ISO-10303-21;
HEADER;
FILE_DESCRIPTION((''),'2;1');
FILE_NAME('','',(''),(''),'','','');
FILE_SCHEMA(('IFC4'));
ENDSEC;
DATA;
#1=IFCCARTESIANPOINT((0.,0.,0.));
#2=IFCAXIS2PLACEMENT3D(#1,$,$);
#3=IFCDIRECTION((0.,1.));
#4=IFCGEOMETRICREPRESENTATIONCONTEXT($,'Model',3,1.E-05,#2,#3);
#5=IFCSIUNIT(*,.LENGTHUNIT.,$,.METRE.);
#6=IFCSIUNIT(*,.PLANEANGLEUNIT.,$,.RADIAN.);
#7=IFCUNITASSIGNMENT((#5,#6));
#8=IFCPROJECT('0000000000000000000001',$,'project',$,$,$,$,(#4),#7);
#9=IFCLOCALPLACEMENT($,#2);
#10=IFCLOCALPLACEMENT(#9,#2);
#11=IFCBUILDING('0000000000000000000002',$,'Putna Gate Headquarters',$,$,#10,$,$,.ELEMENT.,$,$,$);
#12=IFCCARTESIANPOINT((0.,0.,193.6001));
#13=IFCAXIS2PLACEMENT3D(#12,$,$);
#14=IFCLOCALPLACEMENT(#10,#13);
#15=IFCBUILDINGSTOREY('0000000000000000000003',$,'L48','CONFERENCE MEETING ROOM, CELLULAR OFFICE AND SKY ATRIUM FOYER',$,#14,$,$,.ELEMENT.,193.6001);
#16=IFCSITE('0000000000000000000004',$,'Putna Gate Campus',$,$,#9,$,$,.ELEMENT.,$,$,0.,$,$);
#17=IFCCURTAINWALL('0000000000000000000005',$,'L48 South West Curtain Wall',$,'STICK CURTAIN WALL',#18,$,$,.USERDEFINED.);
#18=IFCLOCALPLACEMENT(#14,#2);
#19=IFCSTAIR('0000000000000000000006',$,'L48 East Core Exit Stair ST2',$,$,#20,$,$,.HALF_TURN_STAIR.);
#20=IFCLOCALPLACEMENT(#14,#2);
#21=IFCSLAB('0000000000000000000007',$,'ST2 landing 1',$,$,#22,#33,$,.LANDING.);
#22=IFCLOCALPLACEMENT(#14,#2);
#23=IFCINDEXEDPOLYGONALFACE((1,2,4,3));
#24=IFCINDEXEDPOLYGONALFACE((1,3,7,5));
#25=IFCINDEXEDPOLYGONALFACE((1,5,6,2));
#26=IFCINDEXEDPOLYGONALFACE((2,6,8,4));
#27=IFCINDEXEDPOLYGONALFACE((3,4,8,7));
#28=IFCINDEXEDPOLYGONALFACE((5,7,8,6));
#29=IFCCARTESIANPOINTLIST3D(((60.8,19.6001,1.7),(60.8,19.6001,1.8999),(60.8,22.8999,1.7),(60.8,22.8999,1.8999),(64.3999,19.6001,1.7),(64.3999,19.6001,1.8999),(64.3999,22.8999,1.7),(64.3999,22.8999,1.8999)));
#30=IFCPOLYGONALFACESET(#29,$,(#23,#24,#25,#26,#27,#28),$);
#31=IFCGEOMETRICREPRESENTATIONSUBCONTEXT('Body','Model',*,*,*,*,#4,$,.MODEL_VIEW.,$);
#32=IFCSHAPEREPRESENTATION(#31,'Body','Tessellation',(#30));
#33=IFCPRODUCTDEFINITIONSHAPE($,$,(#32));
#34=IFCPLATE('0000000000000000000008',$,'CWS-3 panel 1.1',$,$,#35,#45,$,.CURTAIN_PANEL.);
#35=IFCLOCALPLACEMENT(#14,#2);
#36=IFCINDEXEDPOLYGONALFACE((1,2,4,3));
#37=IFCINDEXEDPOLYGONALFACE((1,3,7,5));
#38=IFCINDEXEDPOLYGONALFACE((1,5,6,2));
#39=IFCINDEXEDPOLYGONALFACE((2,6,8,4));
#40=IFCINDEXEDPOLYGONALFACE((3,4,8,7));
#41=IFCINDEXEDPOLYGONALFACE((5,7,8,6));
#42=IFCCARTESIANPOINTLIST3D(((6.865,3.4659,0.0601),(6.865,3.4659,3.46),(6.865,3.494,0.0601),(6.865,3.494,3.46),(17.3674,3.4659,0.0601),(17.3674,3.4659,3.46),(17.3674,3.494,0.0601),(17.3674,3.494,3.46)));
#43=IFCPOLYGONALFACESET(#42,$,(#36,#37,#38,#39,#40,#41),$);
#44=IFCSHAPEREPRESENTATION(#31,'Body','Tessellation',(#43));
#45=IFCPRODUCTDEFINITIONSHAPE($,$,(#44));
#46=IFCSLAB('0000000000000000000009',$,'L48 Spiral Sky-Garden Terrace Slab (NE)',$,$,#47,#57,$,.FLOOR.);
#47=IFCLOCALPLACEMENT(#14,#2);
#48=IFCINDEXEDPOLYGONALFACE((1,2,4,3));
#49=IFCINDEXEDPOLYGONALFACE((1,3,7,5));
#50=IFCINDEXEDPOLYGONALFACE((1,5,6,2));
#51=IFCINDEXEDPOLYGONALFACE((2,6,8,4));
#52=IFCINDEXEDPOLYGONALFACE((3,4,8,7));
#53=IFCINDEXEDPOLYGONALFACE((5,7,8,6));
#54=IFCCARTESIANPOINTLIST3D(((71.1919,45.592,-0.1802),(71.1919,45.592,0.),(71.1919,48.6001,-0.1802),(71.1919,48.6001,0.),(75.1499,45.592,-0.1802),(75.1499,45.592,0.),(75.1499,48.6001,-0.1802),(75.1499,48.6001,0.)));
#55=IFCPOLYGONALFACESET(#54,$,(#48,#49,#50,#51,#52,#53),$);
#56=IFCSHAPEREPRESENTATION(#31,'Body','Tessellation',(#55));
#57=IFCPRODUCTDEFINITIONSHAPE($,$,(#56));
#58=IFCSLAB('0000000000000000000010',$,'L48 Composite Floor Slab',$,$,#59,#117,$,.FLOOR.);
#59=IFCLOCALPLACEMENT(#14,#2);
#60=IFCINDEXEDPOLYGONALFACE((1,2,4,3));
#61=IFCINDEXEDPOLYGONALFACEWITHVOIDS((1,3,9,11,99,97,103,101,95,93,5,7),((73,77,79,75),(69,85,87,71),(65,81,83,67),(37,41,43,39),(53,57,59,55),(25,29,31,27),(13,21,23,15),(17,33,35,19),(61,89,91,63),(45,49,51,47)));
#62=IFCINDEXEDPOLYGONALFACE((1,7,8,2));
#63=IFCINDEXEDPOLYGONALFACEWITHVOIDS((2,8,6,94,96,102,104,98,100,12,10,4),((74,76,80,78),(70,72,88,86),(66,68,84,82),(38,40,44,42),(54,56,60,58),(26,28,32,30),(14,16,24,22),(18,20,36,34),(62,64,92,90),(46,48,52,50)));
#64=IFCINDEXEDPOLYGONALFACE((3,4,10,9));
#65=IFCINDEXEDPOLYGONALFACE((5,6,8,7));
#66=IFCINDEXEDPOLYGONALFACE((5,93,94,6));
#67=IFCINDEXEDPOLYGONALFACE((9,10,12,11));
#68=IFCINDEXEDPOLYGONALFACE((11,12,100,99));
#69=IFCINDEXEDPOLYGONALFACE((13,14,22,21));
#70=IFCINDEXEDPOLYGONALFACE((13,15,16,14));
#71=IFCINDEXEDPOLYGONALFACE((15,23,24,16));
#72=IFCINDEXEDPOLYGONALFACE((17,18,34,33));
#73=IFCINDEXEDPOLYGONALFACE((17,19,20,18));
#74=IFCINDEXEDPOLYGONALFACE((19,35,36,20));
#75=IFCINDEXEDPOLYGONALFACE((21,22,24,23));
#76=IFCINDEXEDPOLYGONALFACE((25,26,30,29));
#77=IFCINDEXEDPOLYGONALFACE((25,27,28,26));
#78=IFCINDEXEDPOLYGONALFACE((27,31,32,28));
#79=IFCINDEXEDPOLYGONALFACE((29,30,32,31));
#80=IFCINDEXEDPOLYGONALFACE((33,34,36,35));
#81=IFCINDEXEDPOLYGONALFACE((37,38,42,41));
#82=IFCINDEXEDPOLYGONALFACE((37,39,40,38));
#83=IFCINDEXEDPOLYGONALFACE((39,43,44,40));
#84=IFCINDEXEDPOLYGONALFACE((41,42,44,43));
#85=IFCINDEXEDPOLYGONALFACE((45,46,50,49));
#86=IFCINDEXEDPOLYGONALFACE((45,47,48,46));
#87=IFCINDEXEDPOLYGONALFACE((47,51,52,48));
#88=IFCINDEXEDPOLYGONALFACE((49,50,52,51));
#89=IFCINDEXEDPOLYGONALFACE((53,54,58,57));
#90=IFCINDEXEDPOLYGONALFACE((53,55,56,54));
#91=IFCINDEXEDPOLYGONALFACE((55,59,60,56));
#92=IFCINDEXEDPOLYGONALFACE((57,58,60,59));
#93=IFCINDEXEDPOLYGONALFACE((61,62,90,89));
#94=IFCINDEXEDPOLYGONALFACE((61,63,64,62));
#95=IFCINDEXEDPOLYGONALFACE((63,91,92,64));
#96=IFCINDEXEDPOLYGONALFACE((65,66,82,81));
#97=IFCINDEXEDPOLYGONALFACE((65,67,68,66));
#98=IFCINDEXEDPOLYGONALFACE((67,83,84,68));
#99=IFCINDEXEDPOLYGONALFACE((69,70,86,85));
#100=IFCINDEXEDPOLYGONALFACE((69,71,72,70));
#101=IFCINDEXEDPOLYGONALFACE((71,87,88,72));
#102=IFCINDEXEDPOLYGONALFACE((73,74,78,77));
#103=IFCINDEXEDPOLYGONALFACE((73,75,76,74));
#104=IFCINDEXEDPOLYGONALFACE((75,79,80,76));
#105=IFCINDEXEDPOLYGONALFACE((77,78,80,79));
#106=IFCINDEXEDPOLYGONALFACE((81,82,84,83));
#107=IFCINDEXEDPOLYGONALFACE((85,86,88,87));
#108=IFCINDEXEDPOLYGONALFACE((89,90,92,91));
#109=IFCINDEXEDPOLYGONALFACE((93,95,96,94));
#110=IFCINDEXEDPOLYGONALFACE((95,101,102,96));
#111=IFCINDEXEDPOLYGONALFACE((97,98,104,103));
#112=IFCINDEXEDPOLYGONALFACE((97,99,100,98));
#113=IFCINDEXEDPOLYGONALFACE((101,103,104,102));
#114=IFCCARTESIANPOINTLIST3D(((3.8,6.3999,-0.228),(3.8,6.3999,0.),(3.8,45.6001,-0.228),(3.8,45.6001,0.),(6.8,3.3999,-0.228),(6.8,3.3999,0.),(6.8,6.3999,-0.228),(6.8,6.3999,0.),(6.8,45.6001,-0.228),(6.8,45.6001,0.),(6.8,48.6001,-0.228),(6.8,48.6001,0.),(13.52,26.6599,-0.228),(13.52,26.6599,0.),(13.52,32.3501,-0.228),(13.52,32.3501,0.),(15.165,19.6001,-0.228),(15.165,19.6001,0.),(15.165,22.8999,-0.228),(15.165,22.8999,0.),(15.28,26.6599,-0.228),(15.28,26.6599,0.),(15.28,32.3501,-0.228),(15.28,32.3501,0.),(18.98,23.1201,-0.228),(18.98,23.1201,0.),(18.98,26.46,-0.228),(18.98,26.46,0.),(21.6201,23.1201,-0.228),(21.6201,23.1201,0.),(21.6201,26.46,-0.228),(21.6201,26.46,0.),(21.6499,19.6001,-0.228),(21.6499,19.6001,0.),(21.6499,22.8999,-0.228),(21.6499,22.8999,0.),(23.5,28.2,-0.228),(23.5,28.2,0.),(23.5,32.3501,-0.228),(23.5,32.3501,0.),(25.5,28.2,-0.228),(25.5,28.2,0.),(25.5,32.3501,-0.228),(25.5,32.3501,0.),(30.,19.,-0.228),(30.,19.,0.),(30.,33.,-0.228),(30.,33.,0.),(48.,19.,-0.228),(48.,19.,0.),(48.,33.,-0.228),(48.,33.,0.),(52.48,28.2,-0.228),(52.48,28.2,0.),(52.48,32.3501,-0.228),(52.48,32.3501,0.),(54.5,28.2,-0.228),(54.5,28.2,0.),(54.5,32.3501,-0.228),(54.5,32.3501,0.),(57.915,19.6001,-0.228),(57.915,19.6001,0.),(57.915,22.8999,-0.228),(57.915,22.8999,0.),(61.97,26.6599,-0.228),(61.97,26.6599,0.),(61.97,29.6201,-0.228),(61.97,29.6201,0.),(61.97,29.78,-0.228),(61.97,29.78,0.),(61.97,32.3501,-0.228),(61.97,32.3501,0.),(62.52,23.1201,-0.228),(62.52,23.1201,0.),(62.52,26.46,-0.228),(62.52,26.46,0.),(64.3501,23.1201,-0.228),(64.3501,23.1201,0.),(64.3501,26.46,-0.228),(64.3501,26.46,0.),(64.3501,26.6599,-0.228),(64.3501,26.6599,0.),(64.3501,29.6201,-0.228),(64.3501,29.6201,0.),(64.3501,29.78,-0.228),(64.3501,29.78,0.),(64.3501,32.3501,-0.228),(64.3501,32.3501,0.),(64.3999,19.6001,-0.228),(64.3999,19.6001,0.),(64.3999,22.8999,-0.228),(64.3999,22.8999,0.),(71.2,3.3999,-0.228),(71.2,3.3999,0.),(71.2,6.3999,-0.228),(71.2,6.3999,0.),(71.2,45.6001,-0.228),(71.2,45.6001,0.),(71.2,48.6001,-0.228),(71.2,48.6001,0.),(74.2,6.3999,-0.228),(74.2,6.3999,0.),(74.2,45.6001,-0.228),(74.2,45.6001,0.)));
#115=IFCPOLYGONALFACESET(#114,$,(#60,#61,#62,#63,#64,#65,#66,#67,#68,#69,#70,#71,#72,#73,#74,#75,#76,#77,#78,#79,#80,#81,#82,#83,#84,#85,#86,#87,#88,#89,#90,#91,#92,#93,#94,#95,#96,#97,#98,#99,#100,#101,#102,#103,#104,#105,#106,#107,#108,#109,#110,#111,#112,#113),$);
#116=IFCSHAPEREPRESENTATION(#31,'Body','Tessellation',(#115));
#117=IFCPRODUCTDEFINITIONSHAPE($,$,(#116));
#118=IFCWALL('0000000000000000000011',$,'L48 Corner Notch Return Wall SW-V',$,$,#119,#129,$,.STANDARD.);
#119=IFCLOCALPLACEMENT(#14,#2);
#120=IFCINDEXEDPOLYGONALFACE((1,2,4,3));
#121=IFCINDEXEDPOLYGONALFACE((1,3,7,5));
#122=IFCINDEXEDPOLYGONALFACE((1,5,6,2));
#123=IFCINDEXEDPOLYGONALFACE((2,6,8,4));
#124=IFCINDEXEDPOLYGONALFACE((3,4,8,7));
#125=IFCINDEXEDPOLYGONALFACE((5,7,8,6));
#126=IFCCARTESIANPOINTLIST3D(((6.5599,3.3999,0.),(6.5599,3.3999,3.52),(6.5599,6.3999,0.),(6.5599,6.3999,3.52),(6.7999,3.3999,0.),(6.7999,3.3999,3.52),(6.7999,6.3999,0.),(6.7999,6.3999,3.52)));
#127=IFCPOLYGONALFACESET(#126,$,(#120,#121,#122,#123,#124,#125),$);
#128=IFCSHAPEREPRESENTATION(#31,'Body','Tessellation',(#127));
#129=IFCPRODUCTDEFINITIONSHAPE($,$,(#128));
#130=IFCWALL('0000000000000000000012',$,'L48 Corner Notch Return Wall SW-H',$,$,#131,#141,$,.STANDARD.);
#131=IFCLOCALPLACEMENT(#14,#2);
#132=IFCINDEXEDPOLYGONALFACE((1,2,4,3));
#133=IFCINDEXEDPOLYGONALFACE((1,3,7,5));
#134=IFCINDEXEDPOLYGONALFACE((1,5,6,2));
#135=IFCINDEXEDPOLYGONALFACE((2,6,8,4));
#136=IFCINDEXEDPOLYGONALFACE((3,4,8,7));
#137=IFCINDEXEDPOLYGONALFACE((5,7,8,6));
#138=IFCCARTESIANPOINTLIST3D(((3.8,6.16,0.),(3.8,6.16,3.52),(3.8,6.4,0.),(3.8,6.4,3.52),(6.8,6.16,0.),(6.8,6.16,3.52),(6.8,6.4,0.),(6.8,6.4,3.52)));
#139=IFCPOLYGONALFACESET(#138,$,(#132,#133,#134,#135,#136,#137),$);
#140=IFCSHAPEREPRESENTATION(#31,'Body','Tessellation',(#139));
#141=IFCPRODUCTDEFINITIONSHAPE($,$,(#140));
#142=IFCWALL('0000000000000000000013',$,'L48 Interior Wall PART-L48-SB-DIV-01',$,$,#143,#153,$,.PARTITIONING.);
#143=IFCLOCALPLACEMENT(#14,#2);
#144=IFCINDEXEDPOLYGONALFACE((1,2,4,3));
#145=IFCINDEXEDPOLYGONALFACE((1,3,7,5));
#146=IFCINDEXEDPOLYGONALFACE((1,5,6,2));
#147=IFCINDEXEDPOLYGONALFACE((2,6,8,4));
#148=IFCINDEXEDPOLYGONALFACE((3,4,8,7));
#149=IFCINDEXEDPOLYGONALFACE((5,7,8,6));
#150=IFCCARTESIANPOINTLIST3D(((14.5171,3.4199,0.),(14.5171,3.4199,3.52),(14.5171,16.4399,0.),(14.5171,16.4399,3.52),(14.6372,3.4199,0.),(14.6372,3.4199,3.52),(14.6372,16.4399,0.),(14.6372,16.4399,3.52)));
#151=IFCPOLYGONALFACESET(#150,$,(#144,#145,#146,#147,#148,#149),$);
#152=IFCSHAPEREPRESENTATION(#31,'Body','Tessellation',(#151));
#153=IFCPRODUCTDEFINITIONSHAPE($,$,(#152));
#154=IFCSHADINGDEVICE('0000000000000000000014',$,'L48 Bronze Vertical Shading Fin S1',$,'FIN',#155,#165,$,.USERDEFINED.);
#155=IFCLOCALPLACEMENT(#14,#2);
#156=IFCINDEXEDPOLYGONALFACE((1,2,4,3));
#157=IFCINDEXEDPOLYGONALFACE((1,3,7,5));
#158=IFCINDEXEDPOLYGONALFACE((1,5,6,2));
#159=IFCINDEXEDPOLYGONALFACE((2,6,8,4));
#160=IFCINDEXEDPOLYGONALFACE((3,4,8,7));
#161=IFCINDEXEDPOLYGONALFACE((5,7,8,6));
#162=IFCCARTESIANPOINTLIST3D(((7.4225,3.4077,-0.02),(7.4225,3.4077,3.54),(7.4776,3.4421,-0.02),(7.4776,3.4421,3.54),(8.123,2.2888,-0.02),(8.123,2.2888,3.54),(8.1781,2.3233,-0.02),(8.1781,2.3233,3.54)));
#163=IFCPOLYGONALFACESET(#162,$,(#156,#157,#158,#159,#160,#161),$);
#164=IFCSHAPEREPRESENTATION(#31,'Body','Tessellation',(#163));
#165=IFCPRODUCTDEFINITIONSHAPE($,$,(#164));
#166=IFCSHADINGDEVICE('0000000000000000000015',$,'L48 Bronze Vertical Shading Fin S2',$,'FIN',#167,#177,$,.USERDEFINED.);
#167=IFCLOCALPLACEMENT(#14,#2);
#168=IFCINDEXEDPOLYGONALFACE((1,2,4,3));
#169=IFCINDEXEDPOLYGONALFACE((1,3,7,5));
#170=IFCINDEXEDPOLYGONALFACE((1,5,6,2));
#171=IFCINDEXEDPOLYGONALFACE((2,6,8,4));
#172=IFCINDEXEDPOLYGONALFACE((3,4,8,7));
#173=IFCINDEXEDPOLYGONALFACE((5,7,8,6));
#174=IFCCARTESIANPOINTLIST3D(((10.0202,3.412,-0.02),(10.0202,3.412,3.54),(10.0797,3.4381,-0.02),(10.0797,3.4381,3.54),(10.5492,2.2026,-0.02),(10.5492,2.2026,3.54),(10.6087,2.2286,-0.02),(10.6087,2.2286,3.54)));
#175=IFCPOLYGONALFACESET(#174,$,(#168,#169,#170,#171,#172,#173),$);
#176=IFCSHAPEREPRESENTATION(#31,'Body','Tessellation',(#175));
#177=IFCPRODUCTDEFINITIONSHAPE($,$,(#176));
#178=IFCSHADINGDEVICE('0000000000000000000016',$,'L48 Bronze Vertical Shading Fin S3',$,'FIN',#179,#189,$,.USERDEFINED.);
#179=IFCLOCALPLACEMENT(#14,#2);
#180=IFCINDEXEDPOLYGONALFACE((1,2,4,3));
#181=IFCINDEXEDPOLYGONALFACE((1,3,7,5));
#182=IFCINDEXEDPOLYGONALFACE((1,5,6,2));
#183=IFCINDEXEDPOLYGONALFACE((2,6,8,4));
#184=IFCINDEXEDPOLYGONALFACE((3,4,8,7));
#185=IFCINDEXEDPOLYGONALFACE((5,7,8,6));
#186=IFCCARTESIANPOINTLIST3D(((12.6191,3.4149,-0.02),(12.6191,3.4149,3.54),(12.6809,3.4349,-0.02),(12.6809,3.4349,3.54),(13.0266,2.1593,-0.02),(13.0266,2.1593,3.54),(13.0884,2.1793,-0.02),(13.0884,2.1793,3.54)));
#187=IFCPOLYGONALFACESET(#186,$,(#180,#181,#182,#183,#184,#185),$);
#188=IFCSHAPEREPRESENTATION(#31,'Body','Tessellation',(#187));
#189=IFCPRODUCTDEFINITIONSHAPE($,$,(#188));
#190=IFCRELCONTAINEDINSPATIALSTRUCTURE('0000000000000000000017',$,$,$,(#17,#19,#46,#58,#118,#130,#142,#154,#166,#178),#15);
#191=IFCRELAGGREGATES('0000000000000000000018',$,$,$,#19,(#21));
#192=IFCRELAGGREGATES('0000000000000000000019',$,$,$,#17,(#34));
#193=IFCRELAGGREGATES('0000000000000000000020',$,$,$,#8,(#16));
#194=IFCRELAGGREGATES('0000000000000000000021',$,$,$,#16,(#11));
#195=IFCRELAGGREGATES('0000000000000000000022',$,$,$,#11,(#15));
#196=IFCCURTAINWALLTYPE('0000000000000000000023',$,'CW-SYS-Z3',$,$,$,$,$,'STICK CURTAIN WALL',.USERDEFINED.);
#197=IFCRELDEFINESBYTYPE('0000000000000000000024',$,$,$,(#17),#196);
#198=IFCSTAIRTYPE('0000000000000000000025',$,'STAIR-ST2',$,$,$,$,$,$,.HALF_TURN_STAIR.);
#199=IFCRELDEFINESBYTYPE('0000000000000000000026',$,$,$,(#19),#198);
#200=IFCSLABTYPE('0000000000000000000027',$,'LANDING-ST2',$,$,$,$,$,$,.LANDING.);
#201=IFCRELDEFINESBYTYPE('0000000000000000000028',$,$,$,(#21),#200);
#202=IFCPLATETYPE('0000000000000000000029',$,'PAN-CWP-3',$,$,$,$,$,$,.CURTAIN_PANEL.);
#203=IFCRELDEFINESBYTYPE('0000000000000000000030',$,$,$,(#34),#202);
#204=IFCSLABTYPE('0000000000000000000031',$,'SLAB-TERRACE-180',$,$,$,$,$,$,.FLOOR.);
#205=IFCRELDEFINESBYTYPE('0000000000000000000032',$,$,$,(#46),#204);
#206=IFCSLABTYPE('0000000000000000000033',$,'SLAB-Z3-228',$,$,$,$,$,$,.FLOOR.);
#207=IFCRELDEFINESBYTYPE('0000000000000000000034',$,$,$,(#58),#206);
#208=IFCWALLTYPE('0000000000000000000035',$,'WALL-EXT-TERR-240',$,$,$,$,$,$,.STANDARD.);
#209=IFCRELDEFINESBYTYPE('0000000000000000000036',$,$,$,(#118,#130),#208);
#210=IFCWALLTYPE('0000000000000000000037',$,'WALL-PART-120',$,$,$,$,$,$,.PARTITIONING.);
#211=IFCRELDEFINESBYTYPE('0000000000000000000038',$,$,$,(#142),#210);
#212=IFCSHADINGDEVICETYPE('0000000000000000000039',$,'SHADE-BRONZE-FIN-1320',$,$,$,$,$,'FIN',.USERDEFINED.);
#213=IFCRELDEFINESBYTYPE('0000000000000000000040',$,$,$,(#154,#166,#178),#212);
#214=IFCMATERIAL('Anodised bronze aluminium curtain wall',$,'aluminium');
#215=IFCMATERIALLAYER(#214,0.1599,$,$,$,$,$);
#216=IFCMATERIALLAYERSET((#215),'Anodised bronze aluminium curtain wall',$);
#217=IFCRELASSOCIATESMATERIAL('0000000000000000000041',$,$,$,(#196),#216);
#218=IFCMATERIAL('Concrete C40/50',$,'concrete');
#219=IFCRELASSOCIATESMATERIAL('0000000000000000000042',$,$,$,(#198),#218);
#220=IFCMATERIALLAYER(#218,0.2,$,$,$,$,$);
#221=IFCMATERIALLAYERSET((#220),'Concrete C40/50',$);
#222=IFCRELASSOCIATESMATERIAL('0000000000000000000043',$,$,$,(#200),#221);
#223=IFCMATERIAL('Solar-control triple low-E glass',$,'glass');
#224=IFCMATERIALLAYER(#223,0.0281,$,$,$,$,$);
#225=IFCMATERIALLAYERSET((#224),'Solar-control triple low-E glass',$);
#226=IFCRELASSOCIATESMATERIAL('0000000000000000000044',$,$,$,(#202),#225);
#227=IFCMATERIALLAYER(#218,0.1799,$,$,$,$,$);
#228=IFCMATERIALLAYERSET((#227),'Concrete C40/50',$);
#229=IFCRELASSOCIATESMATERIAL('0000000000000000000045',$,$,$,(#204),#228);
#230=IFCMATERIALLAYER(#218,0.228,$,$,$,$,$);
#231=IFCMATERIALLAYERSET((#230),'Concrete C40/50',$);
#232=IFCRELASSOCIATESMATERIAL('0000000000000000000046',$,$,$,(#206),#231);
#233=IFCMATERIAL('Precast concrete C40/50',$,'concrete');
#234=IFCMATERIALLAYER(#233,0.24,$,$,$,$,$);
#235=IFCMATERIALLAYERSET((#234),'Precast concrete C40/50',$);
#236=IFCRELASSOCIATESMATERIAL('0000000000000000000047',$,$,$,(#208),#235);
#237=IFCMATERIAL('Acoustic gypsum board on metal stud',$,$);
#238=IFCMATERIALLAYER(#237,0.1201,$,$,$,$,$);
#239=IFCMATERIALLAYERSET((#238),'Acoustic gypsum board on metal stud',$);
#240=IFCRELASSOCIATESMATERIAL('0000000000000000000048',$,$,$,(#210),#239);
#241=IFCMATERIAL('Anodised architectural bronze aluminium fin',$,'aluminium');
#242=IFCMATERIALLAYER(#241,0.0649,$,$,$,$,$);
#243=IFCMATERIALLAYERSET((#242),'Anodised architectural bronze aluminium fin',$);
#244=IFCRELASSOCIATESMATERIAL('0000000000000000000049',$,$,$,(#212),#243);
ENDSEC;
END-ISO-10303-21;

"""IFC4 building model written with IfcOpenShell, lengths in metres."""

from ifc_helpers import new_model, si_unit, direction, frame, frame_2d, origin, origin_2d, place, context, subcontext, project, spatial, polyline, rectangle, outline, extrude, material, layer, layer_set, type_object, element, aggregate, save


model = new_model("IFC4")

# Units and contexts
model_context = context("Model", 3, precision=1e-05, world=origin(), true_north=direction((0.0, 1.0)))
body_context = subcontext(model_context, "Body", "Model", "MODEL_VIEW")
ifc_project = project(units=[si_unit("LENGTHUNIT", "METRE"), si_unit("PLANEANGLEUNIT", "RADIAN")], contexts=[model_context])

# Site, building, storey
site_placement = place(None, origin())
site = spatial("IfcSite", under=ifc_project, at=site_placement, Name="Putna Gate Campus", CompositionType="ELEMENT", RefElevation=0.0)
building_placement = place(site_placement, origin())
building = spatial("IfcBuilding", under=site, at=building_placement, Name="Putna Gate Headquarters", CompositionType="ELEMENT")
storey_placement = place(building_placement, frame((0.0, 0.0, 193.6001)))
storey = spatial("IfcBuildingStorey", under=building, at=storey_placement, Name="L48", Description="CONFERENCE MEETING ROOM, CELLULAR OFFICE AND SKY ATRIUM FOYER", CompositionType="ELEMENT", Elevation=193.6001)

# Curtain wall
ifc_material_1 = material(Name="Anodised bronze aluminium curtain wall", Category="aluminium")
ifc_layer_1 = layer(ifc_material_1, 0.1599)
ifc_layer_set_1 = layer_set([ifc_layer_1], Name="Anodised bronze aluminium curtain wall")
curtain_wall_type = type_object("IfcCurtainWallType", Name="CW-SYS-Z3", ElementType="STICK CURTAIN WALL", PredefinedType="USERDEFINED", material=ifc_layer_set_1)
curtain_wall_1_placement = place(storey_placement, origin())
curtain_wall_1 = element("IfcCurtainWall", 1, at=curtain_wall_1_placement, inside=storey, type_object=curtain_wall_type, Name="L48 South West Curtain Wall", ObjectType="STICK CURTAIN WALL", PredefinedType="USERDEFINED")

# Stair, slab
ifc_material_2 = material(Name="Concrete C40/50", Category="concrete")
stair_type_1 = type_object("IfcStairType", Name="STAIR-ST2", PredefinedType="HALF_TURN_STAIR", material=ifc_material_2)
stair_1_placement = place(storey_placement, origin())
stair_1 = element("IfcStair", 2, at=stair_1_placement, inside=storey, type_object=stair_type_1, Name="L48 East Core Exit Stair ST2", PredefinedType="HALF_TURN_STAIR")
ifc_layer_2 = layer(ifc_material_2, 0.2)
ifc_layer_set_2 = layer_set([ifc_layer_2], Name="Concrete C40/50")
slab_type_1 = type_object("IfcSlabType", Name="LANDING-ST2", PredefinedType="LANDING", material=ifc_layer_set_2)
slab_1_placement = place(storey_placement, frame((0.0, 0.0, 1.7)))
slab_1 = element("IfcSlab", 3, at=slab_1_placement, type_object=slab_type_1, Name="ST2 landing 1", PredefinedType="LANDING", context=body_context, shape_type="SweptSolid", body=[
    extrude(outline(polyline([(60.8, 19.6001), (64.3999, 19.6001), (64.3999, 22.8999), (60.8, 22.8999), (60.8, 19.6001)])), origin(), (0.0, 0.0, 1.0), 0.2),
])
aggregate(stair_1, [slab_1])

# Plate
ifc_material_3 = material(Name="Solar-control triple low-E glass", Category="glass")
ifc_layer_3 = layer(ifc_material_3, 0.0281)
ifc_layer_set_3 = layer_set([ifc_layer_3], Name="Solar-control triple low-E glass")
plate_type = type_object("IfcPlateType", Name="PAN-CWP-3", PredefinedType="CURTAIN_PANEL", material=ifc_layer_set_3)
plate_placement = place(storey_placement, frame((12.1162, 3.48, 0.0601), z_axis=(0.0, 0.0, 1.0), x_axis=(1.0, 0.0, 0.0)))
plate = element("IfcPlate", 4, at=plate_placement, type_object=plate_type, Name="CWS-3 panel 1.1", PredefinedType="CURTAIN_PANEL", context=body_context, shape_type="SweptSolid", body=[
    extrude(rectangle(XDim=10.5024, YDim=0.0281, at=origin_2d()), origin(), (0.0, 0.0, 1.0), 3.3999),
])
aggregate(curtain_wall_1, [plate])

# Slabs
ifc_layer_4 = layer(ifc_material_2, 0.1799)
ifc_layer_set_4 = layer_set([ifc_layer_4], Name="Concrete C40/50")
slab_type_2 = type_object("IfcSlabType", Name="SLAB-TERRACE-180", PredefinedType="FLOOR", material=ifc_layer_set_4)
slab_2_placement = place(storey_placement, frame((0.0, 0.0, -0.1802)))
element("IfcSlab", 5, at=slab_2_placement, inside=storey, type_object=slab_type_2, Name="L48 Spiral Sky-Garden Terrace Slab (NE)", PredefinedType="FLOOR", context=body_context, shape_type="SweptSolid", body=[
    extrude(outline(polyline([(71.1919, 45.592), (75.1499, 45.592), (75.1499, 48.6001), (71.1919, 48.6001), (71.1919, 45.592)])), origin(), (0.0, 0.0, 1.0), 0.1802),
])
ifc_layer_5 = layer(ifc_material_2, 0.228)
ifc_layer_set_5 = layer_set([ifc_layer_5], Name="Concrete C40/50")
slab_type_3 = type_object("IfcSlabType", Name="SLAB-Z3-228", PredefinedType="FLOOR", material=ifc_layer_set_5)
slab_3_placement = place(storey_placement, frame((0.0, 0.0, -0.228)))
element("IfcSlab", 6, at=slab_3_placement, inside=storey, type_object=slab_type_3, Name="L48 Composite Floor Slab", PredefinedType="FLOOR", context=body_context, shape_type="SweptSolid", body=[
    extrude(outline(polyline([(6.8, 3.3999), (71.2, 3.3999), (71.2, 6.3999), (74.2, 6.3999), (74.2, 45.6001), (71.2, 45.6001), (71.2, 48.6001), (6.8, 48.6001), (6.8, 45.6001), (3.8, 45.6001), (3.8, 6.3999), (6.8, 6.3999), (6.8, 3.3999)]), holes=[polyline([(15.165, 19.6001), (21.6499, 19.6001), (21.6499, 22.8999), (15.165, 22.8999), (15.165, 19.6001)]), polyline([(57.915, 19.6001), (64.3999, 19.6001), (64.3999, 22.8999), (57.915, 22.8999), (57.915, 19.6001)]), polyline([(13.52, 26.6599), (15.28, 26.6599), (15.28, 32.3501), (13.52, 32.3501), (13.52, 26.6599)]), polyline([(61.97, 29.78), (64.3501, 29.78), (64.3501, 32.3501), (61.97, 32.3501), (61.97, 29.78)]), polyline([(18.98, 23.1201), (21.6201, 23.1201), (21.6201, 26.46), (18.98, 26.46), (18.98, 23.1201)]), polyline([(62.52, 23.1201), (64.3501, 23.1201), (64.3501, 26.46), (62.52, 26.46), (62.52, 23.1201)]), polyline([(61.97, 26.6599), (64.3501, 26.6599), (64.3501, 29.6201), (61.97, 29.6201), (61.97, 26.6599)]), polyline([(23.5, 28.2), (25.5, 28.2), (25.5, 32.3501), (23.5, 32.3501), (23.5, 28.2)]), polyline([(52.48, 28.2), (54.5, 28.2), (54.5, 32.3501), (52.48, 32.3501), (52.48, 28.2)]), polyline([(30.0, 19.0), (48.0, 19.0), (48.0, 33.0), (30.0, 33.0), (30.0, 19.0)])]), origin(), (0.0, 0.0, 1.0), 0.228),
])

# Walls
ifc_material_4 = material(Name="Precast concrete C40/50", Category="concrete")
ifc_layer_6 = layer(ifc_material_4, 0.24)
ifc_layer_set_6 = layer_set([ifc_layer_6], Name="Precast concrete C40/50")
wall_type_1 = type_object("IfcWallType", Name="WALL-EXT-TERR-240", PredefinedType="STANDARD", material=ifc_layer_set_6)
for number, where, z_axis, x_axis, name in (
    (7, (6.6799, 3.3999, 0.0), (0.0, 0.0, 1.0), (0.0, 1.0, 0.0), "L48 Corner Notch Return Wall SW-V"),
    (8, (6.8, 6.28, 0.0), (0.0, 0.0, 1.0), (-1.0, 0.0, 0.0), "L48 Corner Notch Return Wall SW-H"),
):
    element("IfcWall", number, at=place(storey_placement, frame(where, z_axis=z_axis, x_axis=x_axis)), inside=storey, type_object=wall_type_1, Name=name, PredefinedType="STANDARD", context=body_context, shape_type="SweptSolid", body=[
        extrude(rectangle(XDim=3.0, YDim=0.24, at=frame_2d((1.5, 0.0))), origin(), (0.0, 0.0, 1.0), 3.52),
    ])
ifc_material_5 = material(Name="Acoustic gypsum board on metal stud")
ifc_layer_7 = layer(ifc_material_5, 0.1201)
ifc_layer_set_7 = layer_set([ifc_layer_7], Name="Acoustic gypsum board on metal stud")
wall_type_2 = type_object("IfcWallType", Name="WALL-PART-120", PredefinedType="PARTITIONING", material=ifc_layer_set_7)
wall_placement = place(storey_placement, frame((14.5771, 3.4199, 0.0), z_axis=(0.0, 0.0, 1.0), x_axis=(0.0, 1.0, 0.0)))
element("IfcWall", 9, at=wall_placement, inside=storey, type_object=wall_type_2, Name="L48 Interior Wall PART-L48-SB-DIV-01", PredefinedType="PARTITIONING", context=body_context, shape_type="SweptSolid", body=[
    extrude(rectangle(XDim=13.02, YDim=0.1201, at=frame_2d((6.51, 0.0))), origin(), (0.0, 0.0, 1.0), 3.52),
])

# Shading devices
ifc_material_6 = material(Name="Anodised architectural bronze aluminium fin", Category="aluminium")
ifc_layer_8 = layer(ifc_material_6, 0.0649)
ifc_layer_set_8 = layer_set([ifc_layer_8], Name="Anodised architectural bronze aluminium fin")
shading_device_type = type_object("IfcShadingDeviceType", Name="SHADE-BRONZE-FIN-1320", ElementType="FIN", PredefinedType="USERDEFINED", material=ifc_layer_set_8)
for number, where, z_axis, x_axis, name in (
    (10, (7.8003, 2.8655, -0.02), (0.0, 0.0, 1.0), (0.530659, -0.847585, 0.0), "L48 Bronze Vertical Shading Fin S1"),
    (11, (10.3145, 2.8203, -0.02), (0.0, 0.0, 1.0), (0.400669, -0.916223, 0.0), "L48 Bronze Vertical Shading Fin S2"),
    (12, (12.8538, 2.7971, -0.02), (0.0, 0.0, 1.0), (0.308685, -0.951164, 0.0), "L48 Bronze Vertical Shading Fin S3"),
):
    element("IfcShadingDevice", number, at=place(storey_placement, frame(where, z_axis=z_axis, x_axis=x_axis)), inside=storey, type_object=shading_device_type, Name=name, ObjectType="FIN", PredefinedType="USERDEFINED", context=body_context, shape_type="SweptSolid", body=[
        extrude(rectangle(XDim=1.3201, YDim=0.0649, at=origin_2d()), origin(), (0.0, 0.0, 1.0), 3.5601),
    ])

save(model, "model.ifc")
